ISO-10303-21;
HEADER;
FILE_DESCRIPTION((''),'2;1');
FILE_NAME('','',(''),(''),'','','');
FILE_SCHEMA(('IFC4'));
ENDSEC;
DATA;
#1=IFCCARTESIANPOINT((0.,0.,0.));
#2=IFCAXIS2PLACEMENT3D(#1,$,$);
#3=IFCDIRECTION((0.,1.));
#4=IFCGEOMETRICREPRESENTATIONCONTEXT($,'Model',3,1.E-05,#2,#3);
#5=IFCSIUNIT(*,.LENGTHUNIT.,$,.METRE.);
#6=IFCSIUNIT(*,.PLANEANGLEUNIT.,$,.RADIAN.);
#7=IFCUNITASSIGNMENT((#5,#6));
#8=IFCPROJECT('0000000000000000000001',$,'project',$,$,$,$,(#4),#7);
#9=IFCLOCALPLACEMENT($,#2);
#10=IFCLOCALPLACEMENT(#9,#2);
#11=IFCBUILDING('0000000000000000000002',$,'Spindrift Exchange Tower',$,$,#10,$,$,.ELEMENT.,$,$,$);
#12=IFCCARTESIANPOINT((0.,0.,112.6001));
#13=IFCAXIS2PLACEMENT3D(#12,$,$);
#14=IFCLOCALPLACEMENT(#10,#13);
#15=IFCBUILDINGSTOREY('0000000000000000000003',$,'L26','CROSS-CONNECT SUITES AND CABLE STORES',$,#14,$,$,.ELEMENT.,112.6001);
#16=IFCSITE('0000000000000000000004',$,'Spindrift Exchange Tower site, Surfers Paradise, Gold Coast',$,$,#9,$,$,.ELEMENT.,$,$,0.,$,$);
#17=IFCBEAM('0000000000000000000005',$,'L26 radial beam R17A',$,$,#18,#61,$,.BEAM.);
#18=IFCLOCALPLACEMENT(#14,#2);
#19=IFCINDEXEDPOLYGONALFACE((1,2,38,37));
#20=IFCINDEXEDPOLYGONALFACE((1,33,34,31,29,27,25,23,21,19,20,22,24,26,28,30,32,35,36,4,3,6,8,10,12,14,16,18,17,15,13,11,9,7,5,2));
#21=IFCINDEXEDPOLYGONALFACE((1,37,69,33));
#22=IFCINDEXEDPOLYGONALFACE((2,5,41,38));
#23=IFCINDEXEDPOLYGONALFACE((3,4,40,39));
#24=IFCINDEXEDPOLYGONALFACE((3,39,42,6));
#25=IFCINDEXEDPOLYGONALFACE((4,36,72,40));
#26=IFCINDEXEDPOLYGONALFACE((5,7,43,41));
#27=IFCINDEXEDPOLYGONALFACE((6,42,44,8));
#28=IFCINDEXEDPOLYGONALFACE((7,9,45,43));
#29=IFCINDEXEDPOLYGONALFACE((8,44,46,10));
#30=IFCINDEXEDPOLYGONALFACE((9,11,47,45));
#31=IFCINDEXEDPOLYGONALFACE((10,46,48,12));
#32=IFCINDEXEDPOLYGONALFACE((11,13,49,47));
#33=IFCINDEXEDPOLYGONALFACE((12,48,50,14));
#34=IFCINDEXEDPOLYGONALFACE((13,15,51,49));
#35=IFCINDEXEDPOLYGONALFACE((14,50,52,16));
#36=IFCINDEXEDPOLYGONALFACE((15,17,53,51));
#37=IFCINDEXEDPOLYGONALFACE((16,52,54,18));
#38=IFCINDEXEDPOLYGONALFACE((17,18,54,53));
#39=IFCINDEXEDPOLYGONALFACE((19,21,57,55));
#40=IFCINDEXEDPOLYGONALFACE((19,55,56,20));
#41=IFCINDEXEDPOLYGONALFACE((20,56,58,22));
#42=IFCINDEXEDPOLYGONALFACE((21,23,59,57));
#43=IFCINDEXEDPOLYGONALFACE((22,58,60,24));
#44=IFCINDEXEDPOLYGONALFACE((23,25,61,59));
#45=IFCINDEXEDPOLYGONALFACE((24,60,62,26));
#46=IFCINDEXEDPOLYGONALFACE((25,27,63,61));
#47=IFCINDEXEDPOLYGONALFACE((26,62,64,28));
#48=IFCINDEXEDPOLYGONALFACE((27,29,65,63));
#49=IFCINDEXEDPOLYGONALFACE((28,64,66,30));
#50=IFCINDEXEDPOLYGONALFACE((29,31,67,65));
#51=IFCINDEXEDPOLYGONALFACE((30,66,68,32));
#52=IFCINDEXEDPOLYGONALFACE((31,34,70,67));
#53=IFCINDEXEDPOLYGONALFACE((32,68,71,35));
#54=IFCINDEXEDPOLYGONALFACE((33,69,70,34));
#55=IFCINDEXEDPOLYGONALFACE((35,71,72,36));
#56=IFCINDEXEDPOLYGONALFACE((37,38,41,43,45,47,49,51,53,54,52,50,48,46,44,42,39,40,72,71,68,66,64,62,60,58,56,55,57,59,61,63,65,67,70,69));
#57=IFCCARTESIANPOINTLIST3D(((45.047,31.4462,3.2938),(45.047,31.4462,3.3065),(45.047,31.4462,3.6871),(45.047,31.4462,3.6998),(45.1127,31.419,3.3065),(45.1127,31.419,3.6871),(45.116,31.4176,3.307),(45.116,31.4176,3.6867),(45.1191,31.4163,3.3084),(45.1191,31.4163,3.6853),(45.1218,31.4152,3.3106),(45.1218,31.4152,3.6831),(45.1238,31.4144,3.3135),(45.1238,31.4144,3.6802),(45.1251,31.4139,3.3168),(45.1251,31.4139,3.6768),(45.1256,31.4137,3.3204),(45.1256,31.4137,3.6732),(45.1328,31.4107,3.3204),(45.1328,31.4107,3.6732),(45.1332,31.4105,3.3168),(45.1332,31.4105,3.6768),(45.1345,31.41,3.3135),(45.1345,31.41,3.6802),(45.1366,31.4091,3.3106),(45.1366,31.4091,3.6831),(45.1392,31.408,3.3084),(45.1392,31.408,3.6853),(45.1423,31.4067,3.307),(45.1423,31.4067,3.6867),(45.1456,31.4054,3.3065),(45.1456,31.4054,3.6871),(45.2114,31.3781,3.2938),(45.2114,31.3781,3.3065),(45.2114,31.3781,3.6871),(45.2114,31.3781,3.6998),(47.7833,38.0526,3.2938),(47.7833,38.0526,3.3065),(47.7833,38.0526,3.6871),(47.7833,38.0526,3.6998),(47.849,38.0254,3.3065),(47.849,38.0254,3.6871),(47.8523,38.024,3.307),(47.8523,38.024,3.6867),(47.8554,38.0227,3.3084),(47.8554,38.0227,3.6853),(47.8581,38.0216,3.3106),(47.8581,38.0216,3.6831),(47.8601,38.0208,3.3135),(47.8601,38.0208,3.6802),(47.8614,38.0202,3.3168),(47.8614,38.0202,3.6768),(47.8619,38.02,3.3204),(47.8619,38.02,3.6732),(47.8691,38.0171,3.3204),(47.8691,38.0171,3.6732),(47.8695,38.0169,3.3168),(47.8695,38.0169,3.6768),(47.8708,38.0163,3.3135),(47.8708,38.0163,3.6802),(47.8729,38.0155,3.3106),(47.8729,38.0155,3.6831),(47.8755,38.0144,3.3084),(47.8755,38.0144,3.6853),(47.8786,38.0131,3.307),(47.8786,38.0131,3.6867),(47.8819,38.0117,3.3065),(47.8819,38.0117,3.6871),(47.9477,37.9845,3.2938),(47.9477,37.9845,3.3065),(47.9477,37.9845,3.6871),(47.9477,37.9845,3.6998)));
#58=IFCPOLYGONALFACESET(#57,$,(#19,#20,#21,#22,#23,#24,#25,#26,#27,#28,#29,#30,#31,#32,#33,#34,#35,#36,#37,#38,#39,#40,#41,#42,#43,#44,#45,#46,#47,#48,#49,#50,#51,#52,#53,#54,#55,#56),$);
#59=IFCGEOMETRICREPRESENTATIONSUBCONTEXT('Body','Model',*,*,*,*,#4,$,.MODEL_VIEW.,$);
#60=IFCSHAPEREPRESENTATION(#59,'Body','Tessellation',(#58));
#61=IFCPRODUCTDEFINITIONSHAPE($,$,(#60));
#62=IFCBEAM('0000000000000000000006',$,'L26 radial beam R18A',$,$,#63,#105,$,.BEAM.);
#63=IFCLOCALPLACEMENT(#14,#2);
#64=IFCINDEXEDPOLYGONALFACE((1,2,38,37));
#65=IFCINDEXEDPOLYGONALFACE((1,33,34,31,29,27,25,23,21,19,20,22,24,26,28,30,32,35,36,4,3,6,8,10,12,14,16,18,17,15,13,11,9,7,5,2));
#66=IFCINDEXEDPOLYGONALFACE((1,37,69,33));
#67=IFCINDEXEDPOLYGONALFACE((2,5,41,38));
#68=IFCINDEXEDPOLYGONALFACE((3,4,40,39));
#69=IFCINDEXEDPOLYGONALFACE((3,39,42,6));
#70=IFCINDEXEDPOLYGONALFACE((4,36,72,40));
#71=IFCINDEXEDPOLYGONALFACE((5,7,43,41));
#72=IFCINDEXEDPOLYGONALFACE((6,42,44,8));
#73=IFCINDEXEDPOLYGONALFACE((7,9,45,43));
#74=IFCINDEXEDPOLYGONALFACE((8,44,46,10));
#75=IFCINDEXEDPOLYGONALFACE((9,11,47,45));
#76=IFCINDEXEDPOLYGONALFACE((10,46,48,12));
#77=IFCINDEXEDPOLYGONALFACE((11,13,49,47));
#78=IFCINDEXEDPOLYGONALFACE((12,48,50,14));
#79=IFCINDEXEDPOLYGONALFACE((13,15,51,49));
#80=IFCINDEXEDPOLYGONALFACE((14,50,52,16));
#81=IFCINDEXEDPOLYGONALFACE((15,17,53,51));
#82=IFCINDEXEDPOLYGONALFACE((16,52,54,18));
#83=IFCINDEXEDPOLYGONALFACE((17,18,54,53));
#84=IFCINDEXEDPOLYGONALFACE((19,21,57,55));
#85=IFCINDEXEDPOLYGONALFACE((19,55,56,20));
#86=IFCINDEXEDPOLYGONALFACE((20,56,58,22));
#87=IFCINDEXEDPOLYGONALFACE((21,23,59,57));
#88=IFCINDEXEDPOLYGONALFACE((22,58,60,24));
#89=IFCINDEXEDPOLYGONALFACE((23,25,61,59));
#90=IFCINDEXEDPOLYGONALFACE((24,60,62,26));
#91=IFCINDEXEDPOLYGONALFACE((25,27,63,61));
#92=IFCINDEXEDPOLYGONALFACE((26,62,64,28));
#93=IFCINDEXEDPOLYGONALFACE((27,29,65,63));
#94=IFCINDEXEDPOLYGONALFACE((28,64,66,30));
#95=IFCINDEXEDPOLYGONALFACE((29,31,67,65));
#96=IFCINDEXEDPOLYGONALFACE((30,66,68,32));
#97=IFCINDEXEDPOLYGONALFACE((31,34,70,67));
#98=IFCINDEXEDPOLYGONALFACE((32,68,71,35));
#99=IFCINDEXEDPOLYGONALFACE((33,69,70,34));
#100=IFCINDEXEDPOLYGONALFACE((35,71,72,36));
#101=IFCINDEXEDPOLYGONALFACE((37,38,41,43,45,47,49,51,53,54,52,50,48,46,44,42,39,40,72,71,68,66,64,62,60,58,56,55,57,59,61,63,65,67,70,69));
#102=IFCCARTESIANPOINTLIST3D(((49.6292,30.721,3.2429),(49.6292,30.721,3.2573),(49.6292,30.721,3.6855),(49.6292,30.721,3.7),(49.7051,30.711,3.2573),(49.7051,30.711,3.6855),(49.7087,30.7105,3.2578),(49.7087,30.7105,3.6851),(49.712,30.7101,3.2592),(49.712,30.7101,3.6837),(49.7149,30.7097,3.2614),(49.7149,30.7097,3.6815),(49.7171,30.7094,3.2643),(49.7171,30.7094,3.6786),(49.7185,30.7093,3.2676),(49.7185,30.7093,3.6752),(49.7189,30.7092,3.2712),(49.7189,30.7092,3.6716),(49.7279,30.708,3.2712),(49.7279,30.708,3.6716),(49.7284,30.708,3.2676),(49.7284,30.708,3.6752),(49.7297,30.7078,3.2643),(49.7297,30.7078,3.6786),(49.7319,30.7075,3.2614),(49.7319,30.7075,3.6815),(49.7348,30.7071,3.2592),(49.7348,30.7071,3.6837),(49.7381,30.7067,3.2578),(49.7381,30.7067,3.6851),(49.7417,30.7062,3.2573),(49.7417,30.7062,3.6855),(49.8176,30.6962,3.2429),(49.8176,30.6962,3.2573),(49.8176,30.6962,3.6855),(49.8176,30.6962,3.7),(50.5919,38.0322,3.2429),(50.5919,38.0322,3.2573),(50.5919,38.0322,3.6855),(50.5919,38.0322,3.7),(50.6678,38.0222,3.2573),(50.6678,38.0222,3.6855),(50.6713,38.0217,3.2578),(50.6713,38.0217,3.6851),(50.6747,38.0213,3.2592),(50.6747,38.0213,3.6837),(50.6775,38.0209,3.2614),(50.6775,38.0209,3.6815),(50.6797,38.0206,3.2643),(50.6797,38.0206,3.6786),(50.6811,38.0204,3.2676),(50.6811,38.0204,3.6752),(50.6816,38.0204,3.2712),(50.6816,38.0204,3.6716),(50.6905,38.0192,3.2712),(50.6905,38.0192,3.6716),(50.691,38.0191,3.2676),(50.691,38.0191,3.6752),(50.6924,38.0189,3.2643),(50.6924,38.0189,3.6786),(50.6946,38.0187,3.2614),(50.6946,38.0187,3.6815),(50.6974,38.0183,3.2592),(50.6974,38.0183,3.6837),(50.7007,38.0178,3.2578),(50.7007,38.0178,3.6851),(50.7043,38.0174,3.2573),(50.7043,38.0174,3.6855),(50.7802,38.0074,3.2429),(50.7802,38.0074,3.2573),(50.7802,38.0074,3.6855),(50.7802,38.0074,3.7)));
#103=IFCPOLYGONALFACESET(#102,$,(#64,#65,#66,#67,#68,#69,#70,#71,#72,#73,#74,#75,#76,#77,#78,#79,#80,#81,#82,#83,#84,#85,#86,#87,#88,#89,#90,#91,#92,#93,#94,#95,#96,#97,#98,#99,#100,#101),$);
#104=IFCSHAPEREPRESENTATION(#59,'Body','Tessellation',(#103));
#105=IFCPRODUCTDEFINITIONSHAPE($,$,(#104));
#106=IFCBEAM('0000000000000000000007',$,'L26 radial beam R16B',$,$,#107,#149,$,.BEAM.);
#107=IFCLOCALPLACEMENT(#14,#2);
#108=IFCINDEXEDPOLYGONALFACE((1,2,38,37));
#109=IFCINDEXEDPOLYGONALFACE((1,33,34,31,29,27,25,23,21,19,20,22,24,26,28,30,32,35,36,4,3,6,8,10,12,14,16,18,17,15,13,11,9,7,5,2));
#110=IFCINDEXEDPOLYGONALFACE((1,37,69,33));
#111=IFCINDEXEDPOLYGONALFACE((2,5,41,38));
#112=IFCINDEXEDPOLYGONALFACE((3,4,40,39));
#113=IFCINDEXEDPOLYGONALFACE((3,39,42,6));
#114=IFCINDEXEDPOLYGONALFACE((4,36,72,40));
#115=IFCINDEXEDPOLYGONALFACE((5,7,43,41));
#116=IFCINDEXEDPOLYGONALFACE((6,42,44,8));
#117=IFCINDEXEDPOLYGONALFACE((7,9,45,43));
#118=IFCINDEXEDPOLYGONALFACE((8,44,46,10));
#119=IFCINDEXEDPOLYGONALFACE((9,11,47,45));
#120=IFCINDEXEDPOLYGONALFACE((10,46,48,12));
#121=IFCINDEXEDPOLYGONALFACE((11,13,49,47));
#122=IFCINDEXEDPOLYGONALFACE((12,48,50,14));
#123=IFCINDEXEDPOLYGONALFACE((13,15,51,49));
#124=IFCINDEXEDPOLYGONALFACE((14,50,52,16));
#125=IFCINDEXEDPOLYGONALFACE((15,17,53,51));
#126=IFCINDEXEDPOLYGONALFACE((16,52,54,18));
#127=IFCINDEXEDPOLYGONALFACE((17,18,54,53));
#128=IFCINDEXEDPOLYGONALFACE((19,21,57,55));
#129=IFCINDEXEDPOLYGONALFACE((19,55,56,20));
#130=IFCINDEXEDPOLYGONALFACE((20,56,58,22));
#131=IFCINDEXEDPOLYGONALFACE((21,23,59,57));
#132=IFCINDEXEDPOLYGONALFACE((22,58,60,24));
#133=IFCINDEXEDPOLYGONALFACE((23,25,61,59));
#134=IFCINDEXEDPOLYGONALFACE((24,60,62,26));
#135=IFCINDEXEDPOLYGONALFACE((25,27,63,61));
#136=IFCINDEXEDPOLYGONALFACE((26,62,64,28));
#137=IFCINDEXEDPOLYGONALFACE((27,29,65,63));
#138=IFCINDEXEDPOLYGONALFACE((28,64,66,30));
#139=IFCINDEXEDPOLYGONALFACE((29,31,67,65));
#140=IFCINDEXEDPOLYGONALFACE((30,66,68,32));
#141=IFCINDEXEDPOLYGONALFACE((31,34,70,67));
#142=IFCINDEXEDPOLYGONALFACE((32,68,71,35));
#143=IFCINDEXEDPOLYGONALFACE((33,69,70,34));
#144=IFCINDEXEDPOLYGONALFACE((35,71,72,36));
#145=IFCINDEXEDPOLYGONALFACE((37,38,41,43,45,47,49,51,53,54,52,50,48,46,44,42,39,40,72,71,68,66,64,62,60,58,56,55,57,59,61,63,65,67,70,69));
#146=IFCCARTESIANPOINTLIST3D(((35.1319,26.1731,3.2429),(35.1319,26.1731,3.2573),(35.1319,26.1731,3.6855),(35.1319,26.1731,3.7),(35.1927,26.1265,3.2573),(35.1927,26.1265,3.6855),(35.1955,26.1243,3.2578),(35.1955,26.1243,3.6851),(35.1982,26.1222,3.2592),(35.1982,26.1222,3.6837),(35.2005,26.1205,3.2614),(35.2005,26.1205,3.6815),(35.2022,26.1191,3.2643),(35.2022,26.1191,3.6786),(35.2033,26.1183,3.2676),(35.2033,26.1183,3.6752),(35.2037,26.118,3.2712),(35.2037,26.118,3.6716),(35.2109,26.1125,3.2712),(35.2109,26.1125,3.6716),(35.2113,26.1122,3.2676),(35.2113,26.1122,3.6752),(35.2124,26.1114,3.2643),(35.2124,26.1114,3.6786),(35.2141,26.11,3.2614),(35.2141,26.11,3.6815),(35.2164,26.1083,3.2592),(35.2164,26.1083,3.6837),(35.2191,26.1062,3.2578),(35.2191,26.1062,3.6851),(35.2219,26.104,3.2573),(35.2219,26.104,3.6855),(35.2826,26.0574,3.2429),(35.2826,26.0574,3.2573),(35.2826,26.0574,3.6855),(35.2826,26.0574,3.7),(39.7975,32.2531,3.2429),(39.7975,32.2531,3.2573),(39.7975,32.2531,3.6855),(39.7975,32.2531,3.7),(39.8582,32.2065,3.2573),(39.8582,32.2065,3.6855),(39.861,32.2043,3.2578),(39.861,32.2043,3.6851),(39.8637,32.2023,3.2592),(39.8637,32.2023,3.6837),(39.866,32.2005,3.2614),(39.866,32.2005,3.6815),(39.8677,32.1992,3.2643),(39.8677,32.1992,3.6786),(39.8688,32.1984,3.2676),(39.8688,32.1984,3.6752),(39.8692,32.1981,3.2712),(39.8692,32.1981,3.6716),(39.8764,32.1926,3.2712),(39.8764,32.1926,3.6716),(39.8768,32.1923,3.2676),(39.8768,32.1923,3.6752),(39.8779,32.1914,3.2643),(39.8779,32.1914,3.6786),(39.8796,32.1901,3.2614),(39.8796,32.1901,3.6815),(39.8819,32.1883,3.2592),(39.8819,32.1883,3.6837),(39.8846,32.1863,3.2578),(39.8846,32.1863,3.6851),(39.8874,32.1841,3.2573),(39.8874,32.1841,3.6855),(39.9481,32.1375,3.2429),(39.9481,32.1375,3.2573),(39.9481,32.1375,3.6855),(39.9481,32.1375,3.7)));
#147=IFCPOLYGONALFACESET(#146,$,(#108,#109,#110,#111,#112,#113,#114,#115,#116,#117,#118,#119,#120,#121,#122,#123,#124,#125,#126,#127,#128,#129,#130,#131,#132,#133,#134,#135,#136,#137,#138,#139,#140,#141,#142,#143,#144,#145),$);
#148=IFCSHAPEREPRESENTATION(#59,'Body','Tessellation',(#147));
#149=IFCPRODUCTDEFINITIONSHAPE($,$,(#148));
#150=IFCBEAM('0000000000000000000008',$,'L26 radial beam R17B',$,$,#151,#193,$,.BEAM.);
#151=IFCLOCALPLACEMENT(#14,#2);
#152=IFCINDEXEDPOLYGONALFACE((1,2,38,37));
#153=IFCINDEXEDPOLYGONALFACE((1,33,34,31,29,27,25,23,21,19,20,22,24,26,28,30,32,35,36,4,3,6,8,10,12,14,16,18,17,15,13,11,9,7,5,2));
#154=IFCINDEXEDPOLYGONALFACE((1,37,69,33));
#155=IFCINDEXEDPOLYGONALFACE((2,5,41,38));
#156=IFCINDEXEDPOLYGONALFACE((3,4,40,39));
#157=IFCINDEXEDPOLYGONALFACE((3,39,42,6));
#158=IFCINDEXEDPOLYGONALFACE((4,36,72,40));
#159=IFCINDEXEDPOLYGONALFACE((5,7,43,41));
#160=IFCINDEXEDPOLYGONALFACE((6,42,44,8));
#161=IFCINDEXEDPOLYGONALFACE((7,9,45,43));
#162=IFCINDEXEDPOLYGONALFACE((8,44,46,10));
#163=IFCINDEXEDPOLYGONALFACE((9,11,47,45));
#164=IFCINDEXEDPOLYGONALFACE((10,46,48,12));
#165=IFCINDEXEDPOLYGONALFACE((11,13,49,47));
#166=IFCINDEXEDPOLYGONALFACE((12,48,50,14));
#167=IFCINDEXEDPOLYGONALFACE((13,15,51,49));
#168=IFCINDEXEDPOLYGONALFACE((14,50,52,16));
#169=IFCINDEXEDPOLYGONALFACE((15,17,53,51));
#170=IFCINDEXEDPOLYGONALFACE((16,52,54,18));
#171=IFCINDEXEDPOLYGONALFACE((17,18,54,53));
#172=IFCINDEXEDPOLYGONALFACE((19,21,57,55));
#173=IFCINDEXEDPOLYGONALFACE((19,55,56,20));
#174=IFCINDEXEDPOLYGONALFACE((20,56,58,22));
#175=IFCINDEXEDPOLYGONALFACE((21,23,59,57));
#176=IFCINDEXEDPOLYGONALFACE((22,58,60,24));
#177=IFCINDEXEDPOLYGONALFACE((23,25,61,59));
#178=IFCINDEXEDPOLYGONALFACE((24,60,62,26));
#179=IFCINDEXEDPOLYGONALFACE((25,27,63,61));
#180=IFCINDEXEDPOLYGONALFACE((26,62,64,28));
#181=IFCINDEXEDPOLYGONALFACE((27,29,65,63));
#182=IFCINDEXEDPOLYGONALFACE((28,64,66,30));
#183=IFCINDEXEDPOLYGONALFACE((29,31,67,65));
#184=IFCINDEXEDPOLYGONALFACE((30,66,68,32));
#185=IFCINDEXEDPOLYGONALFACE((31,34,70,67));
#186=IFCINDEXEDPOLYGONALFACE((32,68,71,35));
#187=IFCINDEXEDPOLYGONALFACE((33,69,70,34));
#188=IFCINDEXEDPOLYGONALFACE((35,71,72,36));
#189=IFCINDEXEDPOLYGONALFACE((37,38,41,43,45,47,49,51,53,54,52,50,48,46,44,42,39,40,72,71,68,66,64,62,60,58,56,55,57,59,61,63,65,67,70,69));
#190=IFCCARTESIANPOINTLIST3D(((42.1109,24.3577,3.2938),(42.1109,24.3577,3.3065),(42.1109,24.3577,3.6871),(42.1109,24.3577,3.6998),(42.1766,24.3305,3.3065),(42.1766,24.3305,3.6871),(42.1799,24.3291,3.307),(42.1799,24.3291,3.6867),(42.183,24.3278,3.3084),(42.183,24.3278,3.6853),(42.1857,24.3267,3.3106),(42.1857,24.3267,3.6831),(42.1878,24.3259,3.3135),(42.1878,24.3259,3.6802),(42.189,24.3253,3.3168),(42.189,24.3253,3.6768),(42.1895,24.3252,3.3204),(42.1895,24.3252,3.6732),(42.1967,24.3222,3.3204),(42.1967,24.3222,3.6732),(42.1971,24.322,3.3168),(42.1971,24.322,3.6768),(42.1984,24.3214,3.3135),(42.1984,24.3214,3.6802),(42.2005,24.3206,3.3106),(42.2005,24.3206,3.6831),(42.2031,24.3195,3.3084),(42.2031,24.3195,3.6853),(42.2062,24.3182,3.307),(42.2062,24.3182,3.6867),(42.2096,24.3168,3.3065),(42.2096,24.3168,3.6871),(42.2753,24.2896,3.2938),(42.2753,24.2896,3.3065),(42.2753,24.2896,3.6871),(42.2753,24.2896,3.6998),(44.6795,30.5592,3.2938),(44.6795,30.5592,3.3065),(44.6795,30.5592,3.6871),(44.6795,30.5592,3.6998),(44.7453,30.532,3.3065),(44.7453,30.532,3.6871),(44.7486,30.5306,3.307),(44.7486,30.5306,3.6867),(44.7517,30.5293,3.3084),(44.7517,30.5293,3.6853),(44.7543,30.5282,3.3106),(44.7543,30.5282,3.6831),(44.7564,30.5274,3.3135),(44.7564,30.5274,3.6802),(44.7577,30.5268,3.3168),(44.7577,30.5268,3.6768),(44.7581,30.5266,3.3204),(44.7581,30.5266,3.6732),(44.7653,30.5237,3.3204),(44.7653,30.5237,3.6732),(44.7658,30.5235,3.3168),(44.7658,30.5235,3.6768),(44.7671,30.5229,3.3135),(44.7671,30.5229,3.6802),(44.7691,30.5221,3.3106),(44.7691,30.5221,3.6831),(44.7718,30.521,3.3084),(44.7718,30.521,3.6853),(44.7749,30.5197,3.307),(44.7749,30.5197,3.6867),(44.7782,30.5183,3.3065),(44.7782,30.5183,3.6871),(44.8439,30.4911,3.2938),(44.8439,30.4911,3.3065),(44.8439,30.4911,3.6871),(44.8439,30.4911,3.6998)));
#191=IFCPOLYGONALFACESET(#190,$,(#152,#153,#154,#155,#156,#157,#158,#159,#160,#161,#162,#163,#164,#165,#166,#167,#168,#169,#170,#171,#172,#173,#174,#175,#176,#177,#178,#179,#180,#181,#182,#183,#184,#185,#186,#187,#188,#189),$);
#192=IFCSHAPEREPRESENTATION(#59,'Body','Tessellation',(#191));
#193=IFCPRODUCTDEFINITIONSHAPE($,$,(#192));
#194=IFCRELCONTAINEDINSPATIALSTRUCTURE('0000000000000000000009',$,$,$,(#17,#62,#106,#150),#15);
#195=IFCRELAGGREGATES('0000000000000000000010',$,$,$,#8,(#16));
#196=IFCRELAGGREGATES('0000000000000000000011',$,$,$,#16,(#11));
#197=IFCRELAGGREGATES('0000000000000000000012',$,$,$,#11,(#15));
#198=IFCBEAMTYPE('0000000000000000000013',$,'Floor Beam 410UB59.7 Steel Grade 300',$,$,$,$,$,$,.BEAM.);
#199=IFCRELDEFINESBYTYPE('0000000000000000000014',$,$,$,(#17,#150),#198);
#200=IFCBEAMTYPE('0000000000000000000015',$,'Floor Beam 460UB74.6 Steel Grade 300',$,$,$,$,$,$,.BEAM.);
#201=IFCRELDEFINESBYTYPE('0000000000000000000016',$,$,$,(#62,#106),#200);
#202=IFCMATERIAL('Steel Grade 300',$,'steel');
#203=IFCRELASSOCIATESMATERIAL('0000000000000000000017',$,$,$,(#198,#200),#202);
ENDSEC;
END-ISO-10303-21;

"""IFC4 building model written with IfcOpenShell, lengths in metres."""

from ifc_helpers import new_model, si_unit, direction, frame, origin, origin_2d, place, context, subcontext, project, spatial, i_section, extrude, source, transform, mapped, material, material_profile, profile_set, type_object, element, save


model = new_model("IFC4")

# Units and contexts
model_context = context("Model", 3, precision=1e-05, world=origin(), true_north=direction((0.0, 1.0)))
body_context = subcontext(model_context, "Body", "Model", "MODEL_VIEW")
ifc_project = project(units=[si_unit("LENGTHUNIT", "METRE"), si_unit("PLANEANGLEUNIT", "RADIAN")], contexts=[model_context])

# Site, building, storey
site_placement = place(None, origin())
site = spatial("IfcSite", under=ifc_project, at=site_placement, Name="Spindrift Exchange Tower site, Surfers Paradise, Gold Coast", CompositionType="ELEMENT", RefElevation=0.0)
building_placement = place(site_placement, origin())
building = spatial("IfcBuilding", under=site, at=building_placement, Name="Spindrift Exchange Tower", CompositionType="ELEMENT")
storey_placement = place(building_placement, frame((0.0, 0.0, 112.6001)))
storey = spatial("IfcBuildingStorey", under=building, at=storey_placement, Name="L26", Description="CROSS-CONNECT SUITES AND CABLE STORES", CompositionType="ELEMENT", Elevation=112.6001)

# Beams
ifc_material_1 = material(Name="Steel Grade 300", Category="steel")
ifc_material_profile_1 = material_profile(ifc_material_1, i_section(OverallWidth=0.178, OverallDepth=0.406, WebThickness=0.0078, FlangeThickness=0.0127, FilletRadius=0.0139, at=origin_2d()), Name="410UB59.7")
ifc_profile_set_1 = profile_set([ifc_material_profile_1], Name="Steel Grade 300")
beam_type_1 = type_object("IfcBeamType", Name="Floor Beam 410UB59.7 Steel Grade 300", PredefinedType="BEAM", material=ifc_profile_set_1)
shared_shape_1 = source(origin(), body_context, "Body", "SweptSolid", [
    extrude(i_section(OverallWidth=0.178, OverallDepth=0.406, WebThickness=0.0078, FlangeThickness=0.0127, FilletRadius=0.0139, at=origin_2d()), origin(), (0.0, 0.0, 1.0), 7.1506),
])
beam_1_placement = place(storey_placement, frame((47.8655, 38.0186, 3.4968), z_axis=(-0.382665, -0.923887, 0.0), x_axis=(0.923887, -0.382665, 0.0)))
element("IfcBeam", 1, at=beam_1_placement, inside=storey, type_object=beam_type_1, Name="L26 radial beam R17A", PredefinedType="BEAM", context=body_context, shape_type="MappedRepresentation", body=[
    mapped(shared_shape_1, transform((0.0, 0.0, 0.0), scale=1.0)),
])
ifc_material_profile_2 = material_profile(ifc_material_1, i_section(OverallWidth=0.1899, OverallDepth=0.457, WebThickness=0.009, FlangeThickness=0.0144, FilletRadius=0.0139, at=origin_2d()), Name="460UB74.6")
ifc_profile_set_2 = profile_set([ifc_material_profile_2], Name="Steel Grade 300")
beam_type_2 = type_object("IfcBeamType", Name="Floor Beam 460UB74.6 Steel Grade 300", PredefinedType="BEAM", material=ifc_profile_set_2)
shared_shape_2 = source(origin(), body_context, "Body", "SweptSolid", [
    extrude(i_section(OverallWidth=0.1899, OverallDepth=0.457, WebThickness=0.009, FlangeThickness=0.0144, FilletRadius=0.0139, at=origin_2d()), origin(), (0.0, 0.0, 1.0), 7.3743),
])
beam_2_placement = place(storey_placement, frame((50.686, 38.0198, 3.4714), z_axis=(-0.130539, -0.991443, 0.0), x_axis=(0.991443, -0.130539, 0.0)))
element("IfcBeam", 2, at=beam_2_placement, inside=storey, type_object=beam_type_2, Name="L26 radial beam R18A", PredefinedType="BEAM", context=body_context, shape_type="MappedRepresentation", body=[
    mapped(shared_shape_2, transform((0.0, 0.0, 0.0), scale=1.0)),
])
shared_shape_3 = source(origin(), body_context, "Body", "SweptSolid", [
    extrude(i_section(OverallWidth=0.1899, OverallDepth=0.457, WebThickness=0.009, FlangeThickness=0.0144, FilletRadius=0.0139, at=origin_2d()), origin(), (0.0, 0.0, 1.0), 7.6638),
])
beam_3_placement = place(storey_placement, frame((39.8728, 32.1953, 3.4714), z_axis=(-0.608771, -0.793346, 0.0), x_axis=(0.793346, -0.608771, 0.0)))
element("IfcBeam", 3, at=beam_3_placement, inside=storey, type_object=beam_type_2, Name="L26 radial beam R16B", PredefinedType="BEAM", context=body_context, shape_type="MappedRepresentation", body=[
    mapped(shared_shape_3, transform((0.0, 0.0, 0.0), scale=1.0)),
])
shared_shape_4 = source(origin(), body_context, "Body", "SweptSolid", [
    extrude(i_section(OverallWidth=0.178, OverallDepth=0.406, WebThickness=0.0078, FlangeThickness=0.0127, FilletRadius=0.0139, at=origin_2d()), origin(), (0.0, 0.0, 1.0), 6.7124),
])
beam_4_placement = place(storey_placement, frame((44.7617, 30.5251, 3.4968), z_axis=(-0.38267, -0.923885, 0.0), x_axis=(0.923885, -0.38267, 0.0)))
element("IfcBeam", 4, at=beam_4_placement, inside=storey, type_object=beam_type_1, Name="L26 radial beam R17B", PredefinedType="BEAM", context=body_context, shape_type="MappedRepresentation", body=[
    mapped(shared_shape_4, transform((0.0, 0.0, 0.0), scale=1.0)),
])

save(model, "model.ifc")
